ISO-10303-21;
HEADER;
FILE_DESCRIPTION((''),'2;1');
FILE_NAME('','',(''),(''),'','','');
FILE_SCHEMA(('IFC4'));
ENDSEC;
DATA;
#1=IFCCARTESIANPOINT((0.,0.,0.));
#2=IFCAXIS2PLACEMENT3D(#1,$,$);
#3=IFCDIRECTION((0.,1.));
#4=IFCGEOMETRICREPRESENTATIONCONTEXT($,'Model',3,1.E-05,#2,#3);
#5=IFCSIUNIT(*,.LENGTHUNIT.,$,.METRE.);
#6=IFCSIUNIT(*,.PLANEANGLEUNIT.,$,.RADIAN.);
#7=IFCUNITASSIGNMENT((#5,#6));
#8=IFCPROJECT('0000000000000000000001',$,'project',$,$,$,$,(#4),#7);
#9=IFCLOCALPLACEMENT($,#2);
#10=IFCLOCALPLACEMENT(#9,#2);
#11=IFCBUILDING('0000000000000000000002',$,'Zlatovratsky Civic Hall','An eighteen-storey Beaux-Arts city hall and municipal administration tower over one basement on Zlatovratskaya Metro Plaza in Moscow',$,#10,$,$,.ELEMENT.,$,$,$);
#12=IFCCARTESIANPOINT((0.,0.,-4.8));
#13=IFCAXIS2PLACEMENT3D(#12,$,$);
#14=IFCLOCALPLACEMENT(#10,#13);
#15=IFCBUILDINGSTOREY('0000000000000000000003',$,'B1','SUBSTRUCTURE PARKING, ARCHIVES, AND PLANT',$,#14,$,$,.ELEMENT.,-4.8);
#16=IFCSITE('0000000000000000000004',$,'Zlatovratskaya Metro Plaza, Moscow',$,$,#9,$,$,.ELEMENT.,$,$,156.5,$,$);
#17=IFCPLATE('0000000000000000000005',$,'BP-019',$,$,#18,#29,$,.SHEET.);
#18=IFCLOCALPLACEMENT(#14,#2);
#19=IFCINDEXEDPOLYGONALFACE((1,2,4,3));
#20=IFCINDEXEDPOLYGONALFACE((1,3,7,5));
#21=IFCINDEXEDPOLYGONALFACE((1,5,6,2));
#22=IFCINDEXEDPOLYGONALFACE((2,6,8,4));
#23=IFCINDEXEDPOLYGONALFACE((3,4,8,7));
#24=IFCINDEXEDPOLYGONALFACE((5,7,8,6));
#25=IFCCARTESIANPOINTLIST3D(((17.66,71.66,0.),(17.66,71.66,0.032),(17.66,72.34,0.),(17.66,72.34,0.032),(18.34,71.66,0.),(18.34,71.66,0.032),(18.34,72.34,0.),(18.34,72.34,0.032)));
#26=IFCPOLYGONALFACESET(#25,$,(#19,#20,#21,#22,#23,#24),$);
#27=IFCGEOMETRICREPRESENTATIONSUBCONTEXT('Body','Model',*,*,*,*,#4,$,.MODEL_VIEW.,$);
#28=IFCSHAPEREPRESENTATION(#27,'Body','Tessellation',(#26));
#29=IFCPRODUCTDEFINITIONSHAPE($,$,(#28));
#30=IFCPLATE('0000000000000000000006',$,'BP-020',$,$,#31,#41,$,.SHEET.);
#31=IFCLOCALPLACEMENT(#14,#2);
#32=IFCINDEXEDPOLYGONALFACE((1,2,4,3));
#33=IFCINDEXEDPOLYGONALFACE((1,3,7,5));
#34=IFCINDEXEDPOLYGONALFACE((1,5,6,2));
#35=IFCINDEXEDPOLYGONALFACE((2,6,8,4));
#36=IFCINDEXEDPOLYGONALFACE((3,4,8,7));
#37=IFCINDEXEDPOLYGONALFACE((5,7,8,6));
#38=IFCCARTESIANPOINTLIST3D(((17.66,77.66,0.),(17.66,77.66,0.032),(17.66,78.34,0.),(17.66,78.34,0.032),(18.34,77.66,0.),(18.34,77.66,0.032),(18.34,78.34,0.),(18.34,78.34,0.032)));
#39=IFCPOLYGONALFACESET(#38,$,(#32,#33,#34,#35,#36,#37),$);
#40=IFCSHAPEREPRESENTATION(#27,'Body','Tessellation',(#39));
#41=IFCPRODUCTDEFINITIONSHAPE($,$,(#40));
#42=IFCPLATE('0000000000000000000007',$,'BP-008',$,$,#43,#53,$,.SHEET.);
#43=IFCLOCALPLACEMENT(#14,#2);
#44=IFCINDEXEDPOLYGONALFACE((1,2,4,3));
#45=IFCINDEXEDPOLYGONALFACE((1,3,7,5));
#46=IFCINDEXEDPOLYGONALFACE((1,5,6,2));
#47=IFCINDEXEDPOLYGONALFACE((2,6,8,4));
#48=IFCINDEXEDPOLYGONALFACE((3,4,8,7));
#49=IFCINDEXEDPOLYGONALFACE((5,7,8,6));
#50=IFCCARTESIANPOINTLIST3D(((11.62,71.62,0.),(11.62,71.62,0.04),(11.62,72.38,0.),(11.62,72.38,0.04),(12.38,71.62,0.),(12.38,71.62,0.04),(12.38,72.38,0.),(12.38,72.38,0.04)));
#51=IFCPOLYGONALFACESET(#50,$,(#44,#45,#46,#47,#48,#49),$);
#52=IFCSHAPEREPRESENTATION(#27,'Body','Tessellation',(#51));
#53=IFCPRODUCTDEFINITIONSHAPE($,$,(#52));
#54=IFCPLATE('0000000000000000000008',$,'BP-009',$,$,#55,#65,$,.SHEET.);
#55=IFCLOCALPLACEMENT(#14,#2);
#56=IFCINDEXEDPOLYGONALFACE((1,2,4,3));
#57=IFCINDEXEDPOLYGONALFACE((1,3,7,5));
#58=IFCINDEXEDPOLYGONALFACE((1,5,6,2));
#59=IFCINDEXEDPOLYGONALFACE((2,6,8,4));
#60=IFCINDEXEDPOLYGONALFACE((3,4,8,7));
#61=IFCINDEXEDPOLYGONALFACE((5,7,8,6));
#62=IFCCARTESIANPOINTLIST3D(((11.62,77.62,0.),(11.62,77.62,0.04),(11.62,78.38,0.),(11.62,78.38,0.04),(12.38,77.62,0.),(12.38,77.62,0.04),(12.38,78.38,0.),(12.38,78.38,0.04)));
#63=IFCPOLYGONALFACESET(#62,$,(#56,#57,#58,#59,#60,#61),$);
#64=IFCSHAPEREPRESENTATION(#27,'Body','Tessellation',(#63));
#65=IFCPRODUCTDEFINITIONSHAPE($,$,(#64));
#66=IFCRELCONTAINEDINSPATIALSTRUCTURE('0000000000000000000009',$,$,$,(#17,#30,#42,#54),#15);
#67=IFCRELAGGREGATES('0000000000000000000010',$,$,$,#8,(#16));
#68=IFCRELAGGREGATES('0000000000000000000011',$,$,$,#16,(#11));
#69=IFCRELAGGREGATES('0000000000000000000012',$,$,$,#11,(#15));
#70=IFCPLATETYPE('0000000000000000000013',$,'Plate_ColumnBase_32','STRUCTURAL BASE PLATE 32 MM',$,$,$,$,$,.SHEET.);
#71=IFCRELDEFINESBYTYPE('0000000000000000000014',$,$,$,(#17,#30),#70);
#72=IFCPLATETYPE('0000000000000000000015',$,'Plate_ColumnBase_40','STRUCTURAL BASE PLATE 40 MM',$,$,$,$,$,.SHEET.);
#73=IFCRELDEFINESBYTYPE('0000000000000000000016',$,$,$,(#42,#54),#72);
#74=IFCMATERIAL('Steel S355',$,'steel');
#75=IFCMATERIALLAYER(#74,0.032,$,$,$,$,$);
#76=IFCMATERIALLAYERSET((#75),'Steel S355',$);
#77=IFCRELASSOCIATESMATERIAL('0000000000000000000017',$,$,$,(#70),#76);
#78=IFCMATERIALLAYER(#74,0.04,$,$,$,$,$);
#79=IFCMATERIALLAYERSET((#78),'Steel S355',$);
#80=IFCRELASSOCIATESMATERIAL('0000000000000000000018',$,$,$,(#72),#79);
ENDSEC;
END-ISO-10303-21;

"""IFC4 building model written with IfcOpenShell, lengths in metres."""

from ifc_helpers import new_model, si_unit, direction, frame, origin, origin_2d, place, context, subcontext, project, spatial, rectangle, extrude, material, layer, layer_set, type_object, element, save


model = new_model("IFC4")

# Units and contexts
model_context = context("Model", 3, precision=1e-05, world=origin(), true_north=direction((0.0, 1.0)))
body_context = subcontext(model_context, "Body", "Model", "MODEL_VIEW")
ifc_project = project(units=[si_unit("LENGTHUNIT", "METRE"), si_unit("PLANEANGLEUNIT", "RADIAN")], contexts=[model_context])

# Site, building, storey
site_placement = place(None, origin())
site = spatial("IfcSite", under=ifc_project, at=site_placement, Name="Zlatovratskaya Metro Plaza, Moscow", CompositionType="ELEMENT", RefElevation=156.5)
building_placement = place(site_placement, origin())
building = spatial("IfcBuilding", under=site, at=building_placement, Name="Zlatovratsky Civic Hall", Description="An eighteen-storey Beaux-Arts city hall and municipal administration tower over one basement on Zlatovratskaya Metro Plaza in Moscow", CompositionType="ELEMENT")
storey_placement = place(building_placement, frame((0.0, 0.0, -4.8)))
storey = spatial("IfcBuildingStorey", under=building, at=storey_placement, Name="B1", Description="SUBSTRUCTURE PARKING, ARCHIVES, AND PLANT", CompositionType="ELEMENT", Elevation=-4.8)

# Shared definitions
ifc_material_1 = material(Name="Steel S355", Category="steel")

# Plates
ifc_layer_1 = layer(ifc_material_1, 0.032)
ifc_layer_set_1 = layer_set([ifc_layer_1], Name="Steel S355")
plate_type_1 = type_object("IfcPlateType", Name="Plate_ColumnBase_32", Description="STRUCTURAL BASE PLATE 32 MM", PredefinedType="SHEET", material=ifc_layer_set_1)
for number, where, z_axis, x_axis, name in (
    (1, (18.0, 72.0, 0.0), (0.0, 0.0, 1.0), (1.0, 0.0, 0.0), "BP-019"),
    (2, (18.0, 78.0, 0.0), (0.0, 0.0, 1.0), (1.0, 0.0, 0.0), "BP-020"),
):
    element("IfcPlate", number, at=place(storey_placement, frame(where, z_axis=z_axis, x_axis=x_axis)), inside=storey, type_object=plate_type_1, Name=name, PredefinedType="SHEET", context=body_context, shape_type="SweptSolid", body=[
        extrude(rectangle(XDim=0.6799, YDim=0.6799, at=origin_2d()), origin(), (0.0, 0.0, 1.0), 0.032),
    ])
ifc_layer_2 = layer(ifc_material_1, 0.04)
ifc_layer_set_2 = layer_set([ifc_layer_2], Name="Steel S355")
plate_type_2 = type_object("IfcPlateType", Name="Plate_ColumnBase_40", Description="STRUCTURAL BASE PLATE 40 MM", PredefinedType="SHEET", material=ifc_layer_set_2)
for number, where, z_axis, x_axis, name in (
    (3, (12.0, 72.0, 0.0), (0.0, 0.0, 1.0), (1.0, 0.0, 0.0), "BP-008"),
    (4, (12.0, 78.0, 0.0), (0.0, 0.0, 1.0), (1.0, 0.0, 0.0), "BP-009"),
):
    element("IfcPlate", number, at=place(storey_placement, frame(where, z_axis=z_axis, x_axis=x_axis)), inside=storey, type_object=plate_type_2, Name=name, PredefinedType="SHEET", context=body_context, shape_type="SweptSolid", body=[
        extrude(rectangle(XDim=0.76, YDim=0.76, at=origin_2d()), origin(), (0.0, 0.0, 1.0), 0.04),
    ])

save(model, "model.ifc")
